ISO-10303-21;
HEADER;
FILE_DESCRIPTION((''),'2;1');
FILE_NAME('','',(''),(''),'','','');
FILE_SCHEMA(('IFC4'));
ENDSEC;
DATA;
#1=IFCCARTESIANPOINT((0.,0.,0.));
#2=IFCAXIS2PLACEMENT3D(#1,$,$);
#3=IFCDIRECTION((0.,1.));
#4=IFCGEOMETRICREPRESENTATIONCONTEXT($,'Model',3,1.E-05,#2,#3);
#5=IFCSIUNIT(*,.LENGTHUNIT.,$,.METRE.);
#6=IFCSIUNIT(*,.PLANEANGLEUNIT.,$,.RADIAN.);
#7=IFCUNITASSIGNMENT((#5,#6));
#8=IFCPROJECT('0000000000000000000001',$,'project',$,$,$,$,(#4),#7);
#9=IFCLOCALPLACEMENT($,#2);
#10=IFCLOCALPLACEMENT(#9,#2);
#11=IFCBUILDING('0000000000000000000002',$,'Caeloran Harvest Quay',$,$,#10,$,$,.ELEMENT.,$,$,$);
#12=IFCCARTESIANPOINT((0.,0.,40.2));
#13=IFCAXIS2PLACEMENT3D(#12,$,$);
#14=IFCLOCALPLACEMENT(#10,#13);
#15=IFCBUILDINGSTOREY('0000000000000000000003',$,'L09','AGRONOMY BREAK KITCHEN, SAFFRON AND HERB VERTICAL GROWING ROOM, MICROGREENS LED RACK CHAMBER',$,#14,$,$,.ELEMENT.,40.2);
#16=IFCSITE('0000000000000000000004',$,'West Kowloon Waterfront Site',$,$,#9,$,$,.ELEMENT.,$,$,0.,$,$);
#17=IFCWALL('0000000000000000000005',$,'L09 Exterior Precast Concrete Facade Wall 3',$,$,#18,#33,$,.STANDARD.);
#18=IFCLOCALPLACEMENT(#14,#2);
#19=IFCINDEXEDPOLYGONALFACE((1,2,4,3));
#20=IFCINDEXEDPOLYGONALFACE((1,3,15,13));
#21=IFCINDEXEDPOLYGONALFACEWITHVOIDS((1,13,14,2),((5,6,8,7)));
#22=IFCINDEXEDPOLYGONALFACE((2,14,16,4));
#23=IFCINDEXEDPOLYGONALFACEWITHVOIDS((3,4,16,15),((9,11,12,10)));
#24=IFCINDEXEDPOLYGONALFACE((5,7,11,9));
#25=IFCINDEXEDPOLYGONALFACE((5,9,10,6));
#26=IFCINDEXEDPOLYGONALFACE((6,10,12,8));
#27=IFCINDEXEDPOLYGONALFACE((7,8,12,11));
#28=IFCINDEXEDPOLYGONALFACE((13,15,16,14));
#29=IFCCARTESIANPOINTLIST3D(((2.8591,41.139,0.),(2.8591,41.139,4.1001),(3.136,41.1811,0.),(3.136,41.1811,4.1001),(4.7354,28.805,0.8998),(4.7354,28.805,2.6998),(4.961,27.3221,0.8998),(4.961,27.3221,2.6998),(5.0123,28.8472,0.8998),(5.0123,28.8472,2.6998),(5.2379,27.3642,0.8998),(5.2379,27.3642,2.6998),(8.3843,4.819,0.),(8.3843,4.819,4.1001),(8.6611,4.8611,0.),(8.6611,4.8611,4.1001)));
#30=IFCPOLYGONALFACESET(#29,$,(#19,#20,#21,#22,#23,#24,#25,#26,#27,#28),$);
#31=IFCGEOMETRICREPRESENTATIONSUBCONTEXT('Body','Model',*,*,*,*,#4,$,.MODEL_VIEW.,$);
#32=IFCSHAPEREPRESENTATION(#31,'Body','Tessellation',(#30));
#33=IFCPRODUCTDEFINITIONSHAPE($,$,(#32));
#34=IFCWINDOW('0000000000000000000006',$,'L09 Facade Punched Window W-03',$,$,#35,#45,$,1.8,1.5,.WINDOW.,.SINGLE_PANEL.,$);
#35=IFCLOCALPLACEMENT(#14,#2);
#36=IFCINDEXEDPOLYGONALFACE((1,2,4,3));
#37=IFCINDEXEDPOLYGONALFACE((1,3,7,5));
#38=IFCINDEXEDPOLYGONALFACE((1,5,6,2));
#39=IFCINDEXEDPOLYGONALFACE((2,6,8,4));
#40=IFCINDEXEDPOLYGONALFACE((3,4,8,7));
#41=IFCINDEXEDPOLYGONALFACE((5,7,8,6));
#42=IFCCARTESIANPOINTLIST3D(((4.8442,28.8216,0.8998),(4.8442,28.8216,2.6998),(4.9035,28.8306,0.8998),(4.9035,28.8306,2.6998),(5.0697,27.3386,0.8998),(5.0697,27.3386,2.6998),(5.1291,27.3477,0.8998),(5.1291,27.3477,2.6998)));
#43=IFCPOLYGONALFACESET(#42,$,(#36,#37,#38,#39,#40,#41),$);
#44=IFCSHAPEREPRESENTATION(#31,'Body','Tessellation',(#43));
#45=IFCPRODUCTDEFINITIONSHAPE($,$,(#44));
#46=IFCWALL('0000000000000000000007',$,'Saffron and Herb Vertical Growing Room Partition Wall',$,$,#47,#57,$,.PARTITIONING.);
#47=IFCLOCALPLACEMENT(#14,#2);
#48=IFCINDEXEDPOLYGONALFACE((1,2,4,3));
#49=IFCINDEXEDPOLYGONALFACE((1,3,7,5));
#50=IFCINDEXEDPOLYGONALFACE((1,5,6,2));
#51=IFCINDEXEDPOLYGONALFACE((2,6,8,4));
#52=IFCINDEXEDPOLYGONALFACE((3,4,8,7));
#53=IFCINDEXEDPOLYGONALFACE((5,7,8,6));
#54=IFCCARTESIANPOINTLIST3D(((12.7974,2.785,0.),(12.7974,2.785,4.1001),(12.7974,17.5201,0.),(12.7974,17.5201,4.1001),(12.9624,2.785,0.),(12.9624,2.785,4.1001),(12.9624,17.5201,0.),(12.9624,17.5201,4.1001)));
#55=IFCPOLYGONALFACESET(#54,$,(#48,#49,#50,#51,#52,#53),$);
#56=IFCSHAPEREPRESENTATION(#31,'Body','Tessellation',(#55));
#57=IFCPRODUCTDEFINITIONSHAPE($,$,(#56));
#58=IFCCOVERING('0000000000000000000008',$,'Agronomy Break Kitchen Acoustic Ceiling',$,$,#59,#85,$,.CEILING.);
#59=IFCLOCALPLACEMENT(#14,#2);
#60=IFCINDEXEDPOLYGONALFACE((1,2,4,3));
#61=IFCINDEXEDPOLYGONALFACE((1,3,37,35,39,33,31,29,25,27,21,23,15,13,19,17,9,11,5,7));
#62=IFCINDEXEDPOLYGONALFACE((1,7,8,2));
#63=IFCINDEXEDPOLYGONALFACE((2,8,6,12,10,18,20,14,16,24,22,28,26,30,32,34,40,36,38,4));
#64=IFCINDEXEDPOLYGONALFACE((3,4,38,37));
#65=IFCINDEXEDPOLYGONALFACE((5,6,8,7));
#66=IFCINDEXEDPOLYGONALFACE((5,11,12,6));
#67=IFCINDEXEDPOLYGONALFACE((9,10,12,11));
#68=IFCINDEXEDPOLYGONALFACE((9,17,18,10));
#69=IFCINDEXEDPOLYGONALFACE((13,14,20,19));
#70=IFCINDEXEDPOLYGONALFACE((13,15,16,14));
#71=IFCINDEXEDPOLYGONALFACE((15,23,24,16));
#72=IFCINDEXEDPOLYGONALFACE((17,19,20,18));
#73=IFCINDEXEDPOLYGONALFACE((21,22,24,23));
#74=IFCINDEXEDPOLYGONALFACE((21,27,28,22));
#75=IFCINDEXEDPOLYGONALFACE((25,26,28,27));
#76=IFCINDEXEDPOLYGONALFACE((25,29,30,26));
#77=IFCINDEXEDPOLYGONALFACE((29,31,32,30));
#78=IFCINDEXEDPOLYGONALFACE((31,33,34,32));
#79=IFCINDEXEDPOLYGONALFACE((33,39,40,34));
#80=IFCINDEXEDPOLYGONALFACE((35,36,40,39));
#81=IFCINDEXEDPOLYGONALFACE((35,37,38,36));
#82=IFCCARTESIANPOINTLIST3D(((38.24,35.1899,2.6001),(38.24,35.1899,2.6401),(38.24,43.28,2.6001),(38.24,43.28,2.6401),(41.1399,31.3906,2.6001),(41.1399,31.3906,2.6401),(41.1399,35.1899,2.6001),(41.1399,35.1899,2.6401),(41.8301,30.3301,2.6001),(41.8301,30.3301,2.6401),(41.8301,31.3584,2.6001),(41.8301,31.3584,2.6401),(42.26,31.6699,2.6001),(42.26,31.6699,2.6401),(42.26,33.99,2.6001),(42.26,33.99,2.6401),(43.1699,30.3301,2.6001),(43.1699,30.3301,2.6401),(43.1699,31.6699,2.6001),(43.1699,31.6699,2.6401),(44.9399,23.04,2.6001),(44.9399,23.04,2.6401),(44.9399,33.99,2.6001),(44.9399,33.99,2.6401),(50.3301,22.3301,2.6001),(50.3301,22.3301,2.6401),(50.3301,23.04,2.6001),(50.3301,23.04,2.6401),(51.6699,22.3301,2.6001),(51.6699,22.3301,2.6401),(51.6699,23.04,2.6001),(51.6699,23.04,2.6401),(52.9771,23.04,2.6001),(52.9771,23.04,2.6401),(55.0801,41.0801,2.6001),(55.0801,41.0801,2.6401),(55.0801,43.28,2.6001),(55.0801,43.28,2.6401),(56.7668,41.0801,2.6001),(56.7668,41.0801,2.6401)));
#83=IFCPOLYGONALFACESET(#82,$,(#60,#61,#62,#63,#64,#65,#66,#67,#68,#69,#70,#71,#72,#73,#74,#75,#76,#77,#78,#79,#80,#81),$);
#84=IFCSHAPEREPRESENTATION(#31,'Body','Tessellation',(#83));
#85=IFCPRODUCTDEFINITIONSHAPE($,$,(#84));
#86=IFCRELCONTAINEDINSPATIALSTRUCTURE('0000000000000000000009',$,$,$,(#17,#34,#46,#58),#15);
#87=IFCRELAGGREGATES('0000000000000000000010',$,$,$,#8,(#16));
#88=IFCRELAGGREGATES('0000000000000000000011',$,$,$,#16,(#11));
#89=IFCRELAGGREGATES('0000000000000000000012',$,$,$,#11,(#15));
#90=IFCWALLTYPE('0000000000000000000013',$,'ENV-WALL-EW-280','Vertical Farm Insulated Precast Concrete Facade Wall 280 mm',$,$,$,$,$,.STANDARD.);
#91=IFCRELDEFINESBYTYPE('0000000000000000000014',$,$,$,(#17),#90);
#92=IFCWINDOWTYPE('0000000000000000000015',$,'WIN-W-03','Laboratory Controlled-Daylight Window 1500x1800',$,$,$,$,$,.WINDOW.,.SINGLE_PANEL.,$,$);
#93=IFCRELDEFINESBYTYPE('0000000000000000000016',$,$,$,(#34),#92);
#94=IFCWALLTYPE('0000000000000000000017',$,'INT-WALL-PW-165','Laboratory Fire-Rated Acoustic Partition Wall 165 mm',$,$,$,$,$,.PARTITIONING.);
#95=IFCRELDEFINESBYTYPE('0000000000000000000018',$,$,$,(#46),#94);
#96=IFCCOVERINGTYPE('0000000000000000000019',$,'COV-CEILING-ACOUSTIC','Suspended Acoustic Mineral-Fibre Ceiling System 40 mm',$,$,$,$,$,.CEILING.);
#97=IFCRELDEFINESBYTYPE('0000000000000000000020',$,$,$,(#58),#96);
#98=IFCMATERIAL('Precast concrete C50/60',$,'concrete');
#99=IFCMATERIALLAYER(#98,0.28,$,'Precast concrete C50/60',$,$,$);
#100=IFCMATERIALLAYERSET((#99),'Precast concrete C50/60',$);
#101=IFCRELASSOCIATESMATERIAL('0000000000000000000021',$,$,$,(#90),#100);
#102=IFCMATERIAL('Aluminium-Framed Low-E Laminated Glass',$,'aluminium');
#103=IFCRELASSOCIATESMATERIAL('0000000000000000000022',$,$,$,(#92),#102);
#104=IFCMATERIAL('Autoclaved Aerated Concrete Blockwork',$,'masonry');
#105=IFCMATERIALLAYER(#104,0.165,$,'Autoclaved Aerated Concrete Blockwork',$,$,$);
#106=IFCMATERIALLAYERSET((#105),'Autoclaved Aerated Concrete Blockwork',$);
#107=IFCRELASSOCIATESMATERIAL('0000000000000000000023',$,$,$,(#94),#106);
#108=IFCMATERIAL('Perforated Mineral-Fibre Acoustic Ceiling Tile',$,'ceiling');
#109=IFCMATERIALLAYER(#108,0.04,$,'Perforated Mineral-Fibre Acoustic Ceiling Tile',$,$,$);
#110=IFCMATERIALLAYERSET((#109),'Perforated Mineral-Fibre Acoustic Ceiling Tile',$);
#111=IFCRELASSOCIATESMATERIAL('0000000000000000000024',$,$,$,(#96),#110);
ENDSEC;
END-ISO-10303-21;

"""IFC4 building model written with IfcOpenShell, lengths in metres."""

from ifc_helpers import new_model, si_unit, direction, frame, frame_2d, origin, place, context, subcontext, project, spatial, polyline, rectangle, outline, extrude, material, layer, layer_set, type_object, element, fill, save


model = new_model("IFC4")

# Units and contexts
model_context = context("Model", 3, precision=1e-05, world=origin(), true_north=direction((0.0, 1.0)))
body_context = subcontext(model_context, "Body", "Model", "MODEL_VIEW")
ifc_project = project(units=[si_unit("LENGTHUNIT", "METRE"), si_unit("PLANEANGLEUNIT", "RADIAN")], contexts=[model_context])

# Site, building, storey
site_placement = place(None, origin())
site = spatial("IfcSite", under=ifc_project, at=site_placement, Name="West Kowloon Waterfront Site", CompositionType="ELEMENT", RefElevation=0.0)
building_placement = place(site_placement, origin())
building = spatial("IfcBuilding", under=site, at=building_placement, Name="Caeloran Harvest Quay", CompositionType="ELEMENT")
storey_placement = place(building_placement, frame((0.0, 0.0, 40.2)))
storey = spatial("IfcBuildingStorey", under=building, at=storey_placement, Name="L09", Description="AGRONOMY BREAK KITCHEN, SAFFRON AND HERB VERTICAL GROWING ROOM, MICROGREENS LED RACK CHAMBER", CompositionType="ELEMENT", Elevation=40.2)

# Shared definitions
ifc_material_1 = material(Name="Precast concrete C50/60", Category="concrete")
ifc_layer_1 = layer(ifc_material_1, 0.28, Name="Precast concrete C50/60")
ifc_layer_set_1 = layer_set([ifc_layer_1], Name="Precast concrete C50/60")
wall_type_1 = type_object("IfcWallType", Name="ENV-WALL-EW-280", Description="Vertical Farm Insulated Precast Concrete Facade Wall 280 mm", PredefinedType="STANDARD", material=ifc_layer_set_1)

# Wall, opening, window
wall_1_placement = place(storey_placement, frame((8.5227, 4.8401, 0.0), z_axis=(0.0, 0.0, 1.0), x_axis=(-0.150395, 0.988626, 0.0)))
wall_1 = element("IfcWall", 1, at=wall_1_placement, inside=storey, type_object=wall_type_1, Name="L09 Exterior Precast Concrete Facade Wall 3", PredefinedType="STANDARD", context=body_context, shape_type="SweptSolid", body=[
    extrude(rectangle(XDim=36.7378, YDim=0.28, at=frame_2d((18.3689, 0.0))), origin(), (0.0, 0.0, 1.0), 4.1001),
])
opening_placement = place(wall_1_placement, frame((22.762, 0.0, 0.8999)))
opening = element("IfcOpeningElement", 2, at=opening_placement, cuts=wall_1, PredefinedType="OPENING", context=body_context, shape_type="SweptSolid", body=[
    extrude(rectangle(XDim=1.5, YDim=1.8, at=frame_2d((0.75, 0.8999))), frame((0.0, 0.1499, 0.0), z_axis=(0.0, -1.0, 0.0), x_axis=(1.0, 0.0, 0.0)), (0.0, 0.0, 1.0), 0.3),
])
ifc_material_2 = material(Name="Aluminium-Framed Low-E Laminated Glass", Category="aluminium")
window_type = type_object("IfcWindowType", Name="WIN-W-03", Description="Laboratory Controlled-Daylight Window 1500x1800", PartitioningType="SINGLE_PANEL", PredefinedType="WINDOW", material=ifc_material_2)
window_placement = place(opening_placement, origin())
window = element("IfcWindow", 3, at=window_placement, inside=storey, type_object=window_type, Name="L09 Facade Punched Window W-03", OverallHeight=1.8, OverallWidth=1.5, PartitioningType="SINGLE_PANEL", PredefinedType="WINDOW", context=body_context, shape_type="SweptSolid", body=[
    extrude(rectangle(XDim=1.5, YDim=1.8, at=frame_2d((0.75, 0.8999))), frame((0.0, 0.03, 0.0), z_axis=(0.0, -1.0, 0.0), x_axis=(1.0, 0.0, 0.0)), (0.0, 0.0, 1.0), 0.0601),
])
fill(opening, window)

# Wall
ifc_material_3 = material(Name="Autoclaved Aerated Concrete Blockwork", Category="masonry")
ifc_layer_2 = layer(ifc_material_3, 0.165, Name="Autoclaved Aerated Concrete Blockwork")
ifc_layer_set_2 = layer_set([ifc_layer_2], Name="Autoclaved Aerated Concrete Blockwork")
wall_type_2 = type_object("IfcWallType", Name="INT-WALL-PW-165", Description="Laboratory Fire-Rated Acoustic Partition Wall 165 mm", PredefinedType="PARTITIONING", material=ifc_layer_set_2)
wall_2_placement = place(storey_placement, frame((12.8799, 2.7849, 0.0), z_axis=(0.0, 0.0, 1.0), x_axis=(0.0, 1.0, 0.0)))
element("IfcWall", 4, at=wall_2_placement, inside=storey, type_object=wall_type_2, Name="Saffron and Herb Vertical Growing Room Partition Wall", PredefinedType="PARTITIONING", context=body_context, shape_type="SweptSolid", body=[
    extrude(rectangle(XDim=14.7351, YDim=0.165, at=frame_2d((7.3677, 0.0))), origin(), (0.0, 0.0, 1.0), 4.1001),
])

# Covering
ifc_material_4 = material(Name="Perforated Mineral-Fibre Acoustic Ceiling Tile", Category="ceiling")
ifc_layer_3 = layer(ifc_material_4, 0.04, Name="Perforated Mineral-Fibre Acoustic Ceiling Tile")
ifc_layer_set_3 = layer_set([ifc_layer_3], Name="Perforated Mineral-Fibre Acoustic Ceiling Tile")
covering_type_1 = type_object("IfcCoveringType", Name="COV-CEILING-ACOUSTIC", Description="Suspended Acoustic Mineral-Fibre Ceiling System 40 mm", PredefinedType="CEILING", material=ifc_layer_set_3)
covering_1_placement = place(storey_placement, frame((0.0, 0.0, 2.6001)))
element("IfcCovering", 5, at=covering_1_placement, inside=storey, type_object=covering_type_1, Name="Agronomy Break Kitchen Acoustic Ceiling", PredefinedType="CEILING", context=body_context, shape_type="SweptSolid", body=[
    extrude(outline(polyline([(50.3301, 23.04), (44.9399, 23.04), (44.9399, 33.99), (42.26, 33.99), (42.26, 31.6699), (43.1699, 31.6699), (43.1699, 30.3301), (41.8301, 30.3301), (41.8301, 31.3584), (41.1399, 31.3906), (41.1399, 35.1899), (38.24, 35.1899), (38.24, 43.28), (55.0801, 43.28), (55.0801, 41.0801), (56.7668, 41.0801), (52.9771, 23.04), (51.6699, 23.04), (51.6699, 22.3301), (50.3301, 22.3301), (50.3301, 23.04)])), origin(), (0.0, 0.0, 1.0), 0.04),
])

save(model, "model.ifc")
